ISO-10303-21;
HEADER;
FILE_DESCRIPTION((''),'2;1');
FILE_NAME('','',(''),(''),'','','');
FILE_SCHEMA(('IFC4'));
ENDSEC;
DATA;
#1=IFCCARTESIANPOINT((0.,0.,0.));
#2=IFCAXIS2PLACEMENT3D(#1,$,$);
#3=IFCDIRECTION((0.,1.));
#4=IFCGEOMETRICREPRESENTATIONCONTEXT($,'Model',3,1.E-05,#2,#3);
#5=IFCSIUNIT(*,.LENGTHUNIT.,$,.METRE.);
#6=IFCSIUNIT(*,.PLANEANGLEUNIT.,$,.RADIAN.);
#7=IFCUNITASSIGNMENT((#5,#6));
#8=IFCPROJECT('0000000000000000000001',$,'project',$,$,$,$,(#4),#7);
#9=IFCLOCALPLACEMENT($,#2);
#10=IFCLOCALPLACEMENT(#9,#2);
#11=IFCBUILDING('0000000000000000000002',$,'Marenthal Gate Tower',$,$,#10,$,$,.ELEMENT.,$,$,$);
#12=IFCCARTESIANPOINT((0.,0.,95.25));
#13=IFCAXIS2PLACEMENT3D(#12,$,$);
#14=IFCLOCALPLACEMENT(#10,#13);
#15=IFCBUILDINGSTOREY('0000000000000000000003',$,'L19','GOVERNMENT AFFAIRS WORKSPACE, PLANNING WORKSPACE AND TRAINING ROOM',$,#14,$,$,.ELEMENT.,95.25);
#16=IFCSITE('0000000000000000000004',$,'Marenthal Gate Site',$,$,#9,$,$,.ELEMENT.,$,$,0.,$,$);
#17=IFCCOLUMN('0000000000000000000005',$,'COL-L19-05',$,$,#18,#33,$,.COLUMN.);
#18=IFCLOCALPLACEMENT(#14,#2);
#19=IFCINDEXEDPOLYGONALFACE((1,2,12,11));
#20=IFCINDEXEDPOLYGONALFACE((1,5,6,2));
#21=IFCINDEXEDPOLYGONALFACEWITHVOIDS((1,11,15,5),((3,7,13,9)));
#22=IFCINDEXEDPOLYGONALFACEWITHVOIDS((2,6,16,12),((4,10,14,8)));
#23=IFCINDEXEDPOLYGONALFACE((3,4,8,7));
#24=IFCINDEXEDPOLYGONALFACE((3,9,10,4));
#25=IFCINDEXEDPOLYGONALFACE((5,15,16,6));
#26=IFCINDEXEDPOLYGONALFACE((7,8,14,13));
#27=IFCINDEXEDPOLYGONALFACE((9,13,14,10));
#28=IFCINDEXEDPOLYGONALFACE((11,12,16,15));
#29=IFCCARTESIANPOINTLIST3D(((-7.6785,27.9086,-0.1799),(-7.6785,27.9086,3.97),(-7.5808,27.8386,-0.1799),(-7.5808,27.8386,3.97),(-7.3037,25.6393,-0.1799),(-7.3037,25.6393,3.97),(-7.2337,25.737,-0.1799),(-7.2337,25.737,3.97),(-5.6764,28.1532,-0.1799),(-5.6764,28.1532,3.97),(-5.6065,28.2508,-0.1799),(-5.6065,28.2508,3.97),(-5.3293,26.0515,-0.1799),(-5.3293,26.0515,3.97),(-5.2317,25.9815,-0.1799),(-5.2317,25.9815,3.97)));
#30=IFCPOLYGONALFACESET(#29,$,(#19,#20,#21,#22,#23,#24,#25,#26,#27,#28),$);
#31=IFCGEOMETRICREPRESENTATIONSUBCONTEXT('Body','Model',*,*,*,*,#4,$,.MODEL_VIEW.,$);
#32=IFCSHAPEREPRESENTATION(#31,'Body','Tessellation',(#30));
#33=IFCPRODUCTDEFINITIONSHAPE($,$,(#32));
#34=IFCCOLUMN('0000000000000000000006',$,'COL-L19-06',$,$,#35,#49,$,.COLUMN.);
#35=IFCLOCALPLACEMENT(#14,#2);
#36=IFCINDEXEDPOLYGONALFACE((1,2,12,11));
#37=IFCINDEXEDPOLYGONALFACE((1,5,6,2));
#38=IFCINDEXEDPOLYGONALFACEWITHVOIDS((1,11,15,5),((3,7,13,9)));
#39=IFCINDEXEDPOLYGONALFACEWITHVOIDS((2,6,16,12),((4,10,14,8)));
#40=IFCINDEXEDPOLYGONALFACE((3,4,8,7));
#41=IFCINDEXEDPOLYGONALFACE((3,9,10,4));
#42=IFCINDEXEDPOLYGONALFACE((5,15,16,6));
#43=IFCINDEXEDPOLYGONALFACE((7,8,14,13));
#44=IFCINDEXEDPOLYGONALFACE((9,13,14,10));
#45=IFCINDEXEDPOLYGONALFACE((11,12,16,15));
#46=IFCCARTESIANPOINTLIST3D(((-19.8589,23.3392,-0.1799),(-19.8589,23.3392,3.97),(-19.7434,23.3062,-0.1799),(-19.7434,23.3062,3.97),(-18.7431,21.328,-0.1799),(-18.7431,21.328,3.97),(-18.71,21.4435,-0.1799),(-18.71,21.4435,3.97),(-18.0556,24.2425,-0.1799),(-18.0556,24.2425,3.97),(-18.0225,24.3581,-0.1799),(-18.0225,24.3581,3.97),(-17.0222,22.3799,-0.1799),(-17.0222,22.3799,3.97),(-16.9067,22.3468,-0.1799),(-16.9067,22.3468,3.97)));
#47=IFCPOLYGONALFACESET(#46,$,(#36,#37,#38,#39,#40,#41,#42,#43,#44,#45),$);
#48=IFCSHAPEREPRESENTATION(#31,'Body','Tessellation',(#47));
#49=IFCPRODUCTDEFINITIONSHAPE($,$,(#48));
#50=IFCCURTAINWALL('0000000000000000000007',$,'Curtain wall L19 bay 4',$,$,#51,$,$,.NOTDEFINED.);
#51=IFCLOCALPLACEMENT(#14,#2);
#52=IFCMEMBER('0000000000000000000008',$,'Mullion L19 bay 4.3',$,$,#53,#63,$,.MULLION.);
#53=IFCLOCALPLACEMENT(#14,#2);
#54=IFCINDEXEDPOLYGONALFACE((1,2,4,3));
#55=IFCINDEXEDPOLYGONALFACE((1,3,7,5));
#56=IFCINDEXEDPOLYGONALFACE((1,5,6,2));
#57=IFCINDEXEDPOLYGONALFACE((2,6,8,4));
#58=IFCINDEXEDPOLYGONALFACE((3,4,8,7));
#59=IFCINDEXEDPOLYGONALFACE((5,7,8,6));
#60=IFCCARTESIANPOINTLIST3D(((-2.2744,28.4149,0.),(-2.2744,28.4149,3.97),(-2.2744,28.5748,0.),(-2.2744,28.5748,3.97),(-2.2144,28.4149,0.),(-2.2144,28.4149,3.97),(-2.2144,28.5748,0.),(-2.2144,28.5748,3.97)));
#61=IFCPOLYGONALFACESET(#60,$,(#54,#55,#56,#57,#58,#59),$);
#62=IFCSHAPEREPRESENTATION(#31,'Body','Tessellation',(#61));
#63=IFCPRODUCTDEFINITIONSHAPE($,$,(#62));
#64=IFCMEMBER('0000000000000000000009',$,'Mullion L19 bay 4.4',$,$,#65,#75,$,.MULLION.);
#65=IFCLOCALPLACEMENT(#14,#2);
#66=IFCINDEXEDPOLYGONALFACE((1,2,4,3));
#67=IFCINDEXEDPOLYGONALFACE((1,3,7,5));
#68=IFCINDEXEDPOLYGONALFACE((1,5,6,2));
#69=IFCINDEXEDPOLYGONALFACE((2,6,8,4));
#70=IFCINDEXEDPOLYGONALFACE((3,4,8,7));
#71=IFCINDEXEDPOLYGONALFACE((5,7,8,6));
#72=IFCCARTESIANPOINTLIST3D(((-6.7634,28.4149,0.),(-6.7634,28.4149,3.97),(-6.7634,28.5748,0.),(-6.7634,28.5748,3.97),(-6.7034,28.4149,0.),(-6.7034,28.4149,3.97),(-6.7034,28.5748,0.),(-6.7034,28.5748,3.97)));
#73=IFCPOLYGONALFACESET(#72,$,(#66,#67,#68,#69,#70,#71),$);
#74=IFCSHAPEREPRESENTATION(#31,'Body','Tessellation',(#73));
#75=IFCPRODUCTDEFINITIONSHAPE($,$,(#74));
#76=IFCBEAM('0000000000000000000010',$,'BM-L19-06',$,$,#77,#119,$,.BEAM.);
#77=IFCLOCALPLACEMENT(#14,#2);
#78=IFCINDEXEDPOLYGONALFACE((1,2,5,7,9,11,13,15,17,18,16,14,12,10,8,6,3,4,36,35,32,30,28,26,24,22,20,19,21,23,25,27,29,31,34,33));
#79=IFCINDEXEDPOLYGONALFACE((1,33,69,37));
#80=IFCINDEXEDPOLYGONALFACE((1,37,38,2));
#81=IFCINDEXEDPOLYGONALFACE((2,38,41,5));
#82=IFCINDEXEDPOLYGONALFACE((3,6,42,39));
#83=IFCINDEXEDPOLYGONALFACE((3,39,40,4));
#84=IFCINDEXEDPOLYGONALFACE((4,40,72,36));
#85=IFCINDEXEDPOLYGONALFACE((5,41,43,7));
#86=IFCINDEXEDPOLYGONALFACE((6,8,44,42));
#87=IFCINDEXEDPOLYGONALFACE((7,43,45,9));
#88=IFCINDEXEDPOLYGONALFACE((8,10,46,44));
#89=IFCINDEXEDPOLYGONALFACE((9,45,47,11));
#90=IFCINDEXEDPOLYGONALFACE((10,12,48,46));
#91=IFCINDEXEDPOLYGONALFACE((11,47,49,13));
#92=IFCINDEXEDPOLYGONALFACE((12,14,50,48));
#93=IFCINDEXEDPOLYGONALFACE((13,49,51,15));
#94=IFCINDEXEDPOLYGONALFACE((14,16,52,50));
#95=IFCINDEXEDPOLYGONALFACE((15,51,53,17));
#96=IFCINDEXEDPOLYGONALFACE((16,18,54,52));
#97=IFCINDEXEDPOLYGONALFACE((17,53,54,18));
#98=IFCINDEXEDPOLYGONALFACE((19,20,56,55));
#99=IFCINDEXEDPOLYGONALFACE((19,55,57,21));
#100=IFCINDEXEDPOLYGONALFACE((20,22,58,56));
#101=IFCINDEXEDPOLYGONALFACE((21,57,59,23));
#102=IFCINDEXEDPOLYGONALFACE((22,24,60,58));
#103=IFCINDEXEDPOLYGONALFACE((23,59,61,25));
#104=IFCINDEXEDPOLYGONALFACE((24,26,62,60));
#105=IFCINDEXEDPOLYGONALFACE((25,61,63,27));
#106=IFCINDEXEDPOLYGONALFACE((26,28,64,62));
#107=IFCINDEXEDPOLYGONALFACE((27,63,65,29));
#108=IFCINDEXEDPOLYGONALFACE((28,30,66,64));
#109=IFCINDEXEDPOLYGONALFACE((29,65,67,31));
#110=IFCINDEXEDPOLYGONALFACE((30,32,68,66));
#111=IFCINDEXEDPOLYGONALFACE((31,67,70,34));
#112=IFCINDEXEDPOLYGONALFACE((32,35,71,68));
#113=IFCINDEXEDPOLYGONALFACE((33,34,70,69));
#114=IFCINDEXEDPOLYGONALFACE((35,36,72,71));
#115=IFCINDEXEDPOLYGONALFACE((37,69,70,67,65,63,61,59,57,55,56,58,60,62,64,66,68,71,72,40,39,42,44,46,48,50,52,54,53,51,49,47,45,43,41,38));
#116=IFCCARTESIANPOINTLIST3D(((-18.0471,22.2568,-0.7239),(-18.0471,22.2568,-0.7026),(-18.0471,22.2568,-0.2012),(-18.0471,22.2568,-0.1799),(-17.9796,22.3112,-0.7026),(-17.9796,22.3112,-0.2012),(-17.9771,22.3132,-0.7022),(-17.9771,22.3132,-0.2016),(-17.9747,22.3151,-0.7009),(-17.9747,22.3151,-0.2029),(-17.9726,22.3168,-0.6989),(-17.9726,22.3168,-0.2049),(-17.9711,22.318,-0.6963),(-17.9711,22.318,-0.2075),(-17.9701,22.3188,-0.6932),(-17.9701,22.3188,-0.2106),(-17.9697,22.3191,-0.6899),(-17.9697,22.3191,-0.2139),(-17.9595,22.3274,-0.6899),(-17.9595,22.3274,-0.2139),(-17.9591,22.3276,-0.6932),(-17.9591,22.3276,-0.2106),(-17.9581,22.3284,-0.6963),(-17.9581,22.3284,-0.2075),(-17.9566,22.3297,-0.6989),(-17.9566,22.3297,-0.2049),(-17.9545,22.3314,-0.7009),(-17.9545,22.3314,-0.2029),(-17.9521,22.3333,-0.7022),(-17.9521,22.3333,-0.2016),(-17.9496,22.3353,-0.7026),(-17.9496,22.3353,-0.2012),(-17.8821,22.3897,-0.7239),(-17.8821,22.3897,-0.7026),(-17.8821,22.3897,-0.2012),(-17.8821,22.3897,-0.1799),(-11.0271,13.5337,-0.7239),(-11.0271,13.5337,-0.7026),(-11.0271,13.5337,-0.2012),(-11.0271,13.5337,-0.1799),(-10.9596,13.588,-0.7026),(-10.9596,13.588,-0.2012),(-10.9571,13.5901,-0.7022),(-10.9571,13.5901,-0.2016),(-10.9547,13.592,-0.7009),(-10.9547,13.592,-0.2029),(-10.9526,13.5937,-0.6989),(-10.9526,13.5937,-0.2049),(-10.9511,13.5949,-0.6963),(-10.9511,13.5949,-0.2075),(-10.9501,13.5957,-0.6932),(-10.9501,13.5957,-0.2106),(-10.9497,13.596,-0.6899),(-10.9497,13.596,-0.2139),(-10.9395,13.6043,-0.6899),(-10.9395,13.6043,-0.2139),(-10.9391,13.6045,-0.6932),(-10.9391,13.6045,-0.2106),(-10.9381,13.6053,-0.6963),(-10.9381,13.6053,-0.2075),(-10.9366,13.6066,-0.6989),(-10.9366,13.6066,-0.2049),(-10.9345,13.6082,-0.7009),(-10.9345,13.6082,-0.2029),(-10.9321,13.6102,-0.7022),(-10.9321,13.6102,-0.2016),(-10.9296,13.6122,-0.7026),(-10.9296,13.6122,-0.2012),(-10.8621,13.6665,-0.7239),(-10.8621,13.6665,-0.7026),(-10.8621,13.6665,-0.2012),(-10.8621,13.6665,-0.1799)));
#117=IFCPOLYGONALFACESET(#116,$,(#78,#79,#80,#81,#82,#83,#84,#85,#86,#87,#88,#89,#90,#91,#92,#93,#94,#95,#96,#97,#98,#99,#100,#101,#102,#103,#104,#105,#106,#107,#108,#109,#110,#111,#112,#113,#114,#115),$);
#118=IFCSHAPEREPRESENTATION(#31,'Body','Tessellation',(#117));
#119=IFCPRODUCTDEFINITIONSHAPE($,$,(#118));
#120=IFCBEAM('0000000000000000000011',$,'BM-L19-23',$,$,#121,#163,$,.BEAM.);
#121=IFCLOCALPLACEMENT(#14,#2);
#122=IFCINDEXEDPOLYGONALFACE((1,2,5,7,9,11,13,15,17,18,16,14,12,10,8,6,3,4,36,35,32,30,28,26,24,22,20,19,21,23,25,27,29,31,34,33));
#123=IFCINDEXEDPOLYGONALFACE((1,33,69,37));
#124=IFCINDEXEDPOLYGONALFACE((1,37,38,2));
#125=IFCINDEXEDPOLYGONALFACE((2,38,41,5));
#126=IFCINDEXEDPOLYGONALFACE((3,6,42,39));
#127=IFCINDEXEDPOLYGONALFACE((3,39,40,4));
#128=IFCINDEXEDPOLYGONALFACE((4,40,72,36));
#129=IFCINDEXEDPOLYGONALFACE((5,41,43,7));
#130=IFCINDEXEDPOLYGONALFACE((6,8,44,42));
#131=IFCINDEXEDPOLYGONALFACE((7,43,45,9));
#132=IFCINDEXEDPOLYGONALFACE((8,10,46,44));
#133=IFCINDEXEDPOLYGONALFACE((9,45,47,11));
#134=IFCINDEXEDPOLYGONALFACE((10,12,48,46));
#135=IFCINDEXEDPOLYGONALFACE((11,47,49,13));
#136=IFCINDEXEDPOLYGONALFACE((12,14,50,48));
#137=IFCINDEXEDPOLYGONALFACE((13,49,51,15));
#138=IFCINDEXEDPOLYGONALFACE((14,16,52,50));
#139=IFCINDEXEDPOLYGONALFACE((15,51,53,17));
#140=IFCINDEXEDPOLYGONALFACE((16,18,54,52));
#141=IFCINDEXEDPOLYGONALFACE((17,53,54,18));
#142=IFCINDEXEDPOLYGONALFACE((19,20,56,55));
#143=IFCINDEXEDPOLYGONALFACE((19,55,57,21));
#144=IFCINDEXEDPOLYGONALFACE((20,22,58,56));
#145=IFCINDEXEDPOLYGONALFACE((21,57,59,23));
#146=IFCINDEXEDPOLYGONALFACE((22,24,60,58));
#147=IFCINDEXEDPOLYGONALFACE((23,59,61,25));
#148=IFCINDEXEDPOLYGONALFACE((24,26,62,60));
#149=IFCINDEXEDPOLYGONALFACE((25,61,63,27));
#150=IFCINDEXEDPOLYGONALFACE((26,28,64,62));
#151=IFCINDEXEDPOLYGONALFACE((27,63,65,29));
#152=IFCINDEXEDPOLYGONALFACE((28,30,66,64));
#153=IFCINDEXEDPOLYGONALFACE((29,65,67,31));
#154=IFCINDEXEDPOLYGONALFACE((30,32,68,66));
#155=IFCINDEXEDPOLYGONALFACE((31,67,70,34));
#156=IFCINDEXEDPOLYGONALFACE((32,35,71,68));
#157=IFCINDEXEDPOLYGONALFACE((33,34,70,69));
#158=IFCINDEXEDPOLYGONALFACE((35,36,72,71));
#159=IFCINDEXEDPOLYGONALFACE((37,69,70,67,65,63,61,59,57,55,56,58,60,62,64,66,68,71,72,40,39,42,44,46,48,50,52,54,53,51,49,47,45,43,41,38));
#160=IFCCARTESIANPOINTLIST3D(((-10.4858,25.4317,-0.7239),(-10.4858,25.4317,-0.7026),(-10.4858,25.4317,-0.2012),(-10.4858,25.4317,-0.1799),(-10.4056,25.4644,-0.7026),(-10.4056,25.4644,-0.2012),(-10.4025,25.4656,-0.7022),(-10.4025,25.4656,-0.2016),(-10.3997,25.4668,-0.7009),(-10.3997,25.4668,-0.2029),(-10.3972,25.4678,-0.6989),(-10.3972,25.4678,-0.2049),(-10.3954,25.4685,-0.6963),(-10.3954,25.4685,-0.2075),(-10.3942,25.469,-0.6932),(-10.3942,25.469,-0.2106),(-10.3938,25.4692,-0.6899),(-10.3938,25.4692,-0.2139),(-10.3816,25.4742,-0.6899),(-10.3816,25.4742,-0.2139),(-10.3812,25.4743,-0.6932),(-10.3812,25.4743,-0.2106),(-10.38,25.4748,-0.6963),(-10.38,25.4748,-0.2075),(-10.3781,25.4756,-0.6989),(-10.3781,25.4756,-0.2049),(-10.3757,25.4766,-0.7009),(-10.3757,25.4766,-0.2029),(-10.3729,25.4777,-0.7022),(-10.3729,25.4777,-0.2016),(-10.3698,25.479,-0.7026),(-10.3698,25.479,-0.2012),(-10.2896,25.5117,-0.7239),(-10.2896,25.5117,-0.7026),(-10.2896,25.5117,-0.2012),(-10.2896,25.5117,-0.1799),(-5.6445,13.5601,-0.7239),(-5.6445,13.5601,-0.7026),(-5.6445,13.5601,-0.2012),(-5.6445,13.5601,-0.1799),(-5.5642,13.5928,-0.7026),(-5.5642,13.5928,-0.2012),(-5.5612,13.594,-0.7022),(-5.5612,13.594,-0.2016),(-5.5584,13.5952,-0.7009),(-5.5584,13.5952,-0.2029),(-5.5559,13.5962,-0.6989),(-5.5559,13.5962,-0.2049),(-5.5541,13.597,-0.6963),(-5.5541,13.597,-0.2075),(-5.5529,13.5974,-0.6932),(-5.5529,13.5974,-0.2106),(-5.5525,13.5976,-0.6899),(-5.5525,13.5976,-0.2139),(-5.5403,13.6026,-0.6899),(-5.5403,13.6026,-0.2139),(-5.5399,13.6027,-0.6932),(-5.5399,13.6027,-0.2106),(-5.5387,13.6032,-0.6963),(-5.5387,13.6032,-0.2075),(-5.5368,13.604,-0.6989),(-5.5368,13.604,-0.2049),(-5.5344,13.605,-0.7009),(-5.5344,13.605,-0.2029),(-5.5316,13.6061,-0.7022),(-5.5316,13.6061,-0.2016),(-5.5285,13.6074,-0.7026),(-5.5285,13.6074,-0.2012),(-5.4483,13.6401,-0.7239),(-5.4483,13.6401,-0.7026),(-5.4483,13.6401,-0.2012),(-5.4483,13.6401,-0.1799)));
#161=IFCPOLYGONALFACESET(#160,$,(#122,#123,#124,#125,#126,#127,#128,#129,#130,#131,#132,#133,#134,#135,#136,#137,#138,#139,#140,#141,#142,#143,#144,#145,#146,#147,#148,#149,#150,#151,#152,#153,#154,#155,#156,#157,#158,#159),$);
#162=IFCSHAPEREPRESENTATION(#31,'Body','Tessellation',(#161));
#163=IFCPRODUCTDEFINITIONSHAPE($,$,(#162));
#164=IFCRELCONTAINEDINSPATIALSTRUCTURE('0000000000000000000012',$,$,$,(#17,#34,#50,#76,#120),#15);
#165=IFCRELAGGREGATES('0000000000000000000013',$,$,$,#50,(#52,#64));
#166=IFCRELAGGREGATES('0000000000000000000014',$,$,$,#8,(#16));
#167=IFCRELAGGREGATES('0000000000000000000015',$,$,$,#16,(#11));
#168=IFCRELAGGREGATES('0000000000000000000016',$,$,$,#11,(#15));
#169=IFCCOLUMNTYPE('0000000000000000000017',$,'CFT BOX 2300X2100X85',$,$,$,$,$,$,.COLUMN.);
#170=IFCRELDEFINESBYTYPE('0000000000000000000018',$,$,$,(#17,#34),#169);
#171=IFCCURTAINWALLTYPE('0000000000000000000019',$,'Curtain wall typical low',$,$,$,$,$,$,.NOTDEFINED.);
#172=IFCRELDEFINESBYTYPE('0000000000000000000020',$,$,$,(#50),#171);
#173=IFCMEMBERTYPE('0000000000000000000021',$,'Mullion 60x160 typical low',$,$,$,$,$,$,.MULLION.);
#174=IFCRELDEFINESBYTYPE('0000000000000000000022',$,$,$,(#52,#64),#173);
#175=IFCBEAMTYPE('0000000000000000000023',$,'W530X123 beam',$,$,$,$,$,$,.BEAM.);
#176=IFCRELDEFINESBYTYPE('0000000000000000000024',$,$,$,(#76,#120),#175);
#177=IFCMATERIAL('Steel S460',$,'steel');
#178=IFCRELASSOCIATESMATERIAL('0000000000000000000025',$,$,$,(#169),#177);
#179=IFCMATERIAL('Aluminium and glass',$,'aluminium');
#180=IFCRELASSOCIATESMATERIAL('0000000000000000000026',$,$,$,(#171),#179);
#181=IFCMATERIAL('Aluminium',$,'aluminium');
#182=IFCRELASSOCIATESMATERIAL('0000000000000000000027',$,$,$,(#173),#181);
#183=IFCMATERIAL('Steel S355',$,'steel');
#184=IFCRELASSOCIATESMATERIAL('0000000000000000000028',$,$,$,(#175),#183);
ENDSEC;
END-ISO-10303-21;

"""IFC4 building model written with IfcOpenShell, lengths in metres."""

from ifc_helpers import new_model, si_unit, direction, frame, origin, origin_2d, place, context, subcontext, project, spatial, rectangle, hollow_rectangle, i_section, extrude, material, material_profile, profile_set, type_object, element, aggregate, save


model = new_model("IFC4")

# Units and contexts
model_context = context("Model", 3, precision=1e-05, world=origin(), true_north=direction((0.0, 1.0)))
body_context = subcontext(model_context, "Body", "Model", "MODEL_VIEW")
ifc_project = project(units=[si_unit("LENGTHUNIT", "METRE"), si_unit("PLANEANGLEUNIT", "RADIAN")], contexts=[model_context])

# Site, building, storey
site_placement = place(None, origin())
site = spatial("IfcSite", under=ifc_project, at=site_placement, Name="Marenthal Gate Site", CompositionType="ELEMENT", RefElevation=0.0)
building_placement = place(site_placement, origin())
building = spatial("IfcBuilding", under=site, at=building_placement, Name="Marenthal Gate Tower", CompositionType="ELEMENT")
storey_placement = place(building_placement, frame((0.0, 0.0, 95.25)))
storey = spatial("IfcBuildingStorey", under=building, at=storey_placement, Name="L19", Description="GOVERNMENT AFFAIRS WORKSPACE, PLANNING WORKSPACE AND TRAINING ROOM", CompositionType="ELEMENT", Elevation=95.25)

# Columns
ifc_material_1 = material(Name="Steel S460", Category="steel")
ifc_material_profile_1 = material_profile(ifc_material_1, hollow_rectangle(XDim=2.1001, YDim=2.3, WallThickness=0.085, at=origin_2d()), Name="CFT BOX 2300X2100X85")
ifc_material_2 = material(Name="Concrete 70 MPa", Category="concrete")
ifc_material_profile_2 = material_profile(ifc_material_2, rectangle(XDim=1.9299, YDim=2.1299, at=origin_2d()), Name="CFT BOX 2300X2100X85 INFILL")
ifc_profile_set_1 = profile_set([ifc_material_profile_1, ifc_material_profile_2], Name="Steel S460 shell, Concrete 70 MPa infill")
column_type = type_object("IfcColumnType", Name="CFT BOX 2300X2100X85", PredefinedType="COLUMN", material=ifc_profile_set_1)
for number, where, z_axis, x_axis, name in (
    (1, (-6.4551, 26.9451, -0.1799), (0.0, 0.0, 1.0), (0.986635, 0.162949, 0.0), "COL-L19-05"),
    (2, (-18.3828, 22.843, -0.1799), (0.0, 0.0, 1.0), (0.874442, 0.48513, 0.0), "COL-L19-06"),
):
    element("IfcColumn", number, at=place(storey_placement, frame(where, z_axis=z_axis, x_axis=x_axis)), inside=storey, type_object=column_type, Name=name, PredefinedType="COLUMN", context=body_context, shape_type="SweptSolid", body=[
        extrude(hollow_rectangle(XDim=2.1001, YDim=2.3, WallThickness=0.085, at=origin_2d()), origin(), (0.0, 0.0, 1.0), 4.1499),
    ])

# Curtain wall, members
ifc_material_3 = material(Name="Aluminium and glass", Category="aluminium")
curtain_wall_type = type_object("IfcCurtainWallType", Name="Curtain wall typical low", PredefinedType="NOTDEFINED", material=ifc_material_3)
curtain_wall_placement = place(storey_placement, origin())
curtain_wall = element("IfcCurtainWall", 3, at=curtain_wall_placement, inside=storey, type_object=curtain_wall_type, Name="Curtain wall L19 bay 4", PredefinedType="NOTDEFINED")
ifc_material_4 = material(Name="Aluminium", Category="aluminium")
ifc_material_profile_3 = material_profile(ifc_material_4, rectangle(XDim=0.1599, YDim=0.0601, at=origin_2d()), Name="60x160 aluminium mullion")
ifc_profile_set_2 = profile_set([ifc_material_profile_3], Name="Aluminium")
member_type = type_object("IfcMemberType", Name="Mullion 60x160 typical low", PredefinedType="MULLION", material=ifc_profile_set_2)
member_1_placement = place(storey_placement, frame((-2.2444, 28.4949, 0.0), z_axis=(0.0, 0.0, 1.0), x_axis=(0.0, -1.0, 0.0)))
member_1 = element("IfcMember", 4, at=member_1_placement, type_object=member_type, Name="Mullion L19 bay 4.3", PredefinedType="MULLION", context=body_context, shape_type="SweptSolid", body=[
    extrude(rectangle(XDim=0.1599, YDim=0.0601, at=origin_2d()), origin(), (0.0, 0.0, 1.0), 3.97),
])
member_2_placement = place(storey_placement, frame((-6.7334, 28.4949, 0.0), z_axis=(0.0, 0.0, 1.0), x_axis=(0.0, -1.0, 0.0)))
member_2 = element("IfcMember", 5, at=member_2_placement, type_object=member_type, Name="Mullion L19 bay 4.4", PredefinedType="MULLION", context=body_context, shape_type="SweptSolid", body=[
    extrude(rectangle(XDim=0.1599, YDim=0.0601, at=origin_2d()), origin(), (0.0, 0.0, 1.0), 3.97),
])

# Beams
ifc_material_5 = material(Name="Steel S355", Category="steel")
ifc_material_profile_4 = material_profile(ifc_material_5, i_section(OverallWidth=0.2119, OverallDepth=0.5439, WebThickness=0.0132, FlangeThickness=0.0212, FilletRadius=0.0127, at=origin_2d()), Name="W530X123")
ifc_profile_set_3 = profile_set([ifc_material_profile_4], Name="Steel S355")
beam_type_1 = type_object("IfcBeamType", Name="W530X123 beam", PredefinedType="BEAM", material=ifc_profile_set_3)
beam_1_placement = place(storey_placement, frame((-17.9646, 22.3232, -0.4519), z_axis=(0.626953, -0.779057, 0.0), x_axis=(0.779057, 0.626953, 0.0)))
element("IfcBeam", 6, at=beam_1_placement, inside=storey, type_object=beam_type_1, Name="BM-L19-06", PredefinedType="BEAM", context=body_context, shape_type="SweptSolid", body=[
    extrude(i_section(OverallWidth=0.2119, OverallDepth=0.5439, WebThickness=0.0132, FlangeThickness=0.0212, FilletRadius=0.0127, at=origin_2d()), origin(), (0.0, 0.0, 1.0), 11.197),
])
beam_2_placement = place(storey_placement, frame((-10.3877, 25.4717, -0.4519), z_axis=(0.377614, -0.925963, 0.0), x_axis=(0.925963, 0.377614, 0.0)))
element("IfcBeam", 7, at=beam_2_placement, inside=storey, type_object=beam_type_1, Name="BM-L19-23", PredefinedType="BEAM", context=body_context, shape_type="SweptSolid", body=[
    extrude(i_section(OverallWidth=0.2119, OverallDepth=0.5439, WebThickness=0.0132, FlangeThickness=0.0212, FilletRadius=0.0127, at=origin_2d()), origin(), (0.0, 0.0, 1.0), 12.8208),
])

aggregate(curtain_wall, [member_1, member_2])

save(model, "model.ifc")
